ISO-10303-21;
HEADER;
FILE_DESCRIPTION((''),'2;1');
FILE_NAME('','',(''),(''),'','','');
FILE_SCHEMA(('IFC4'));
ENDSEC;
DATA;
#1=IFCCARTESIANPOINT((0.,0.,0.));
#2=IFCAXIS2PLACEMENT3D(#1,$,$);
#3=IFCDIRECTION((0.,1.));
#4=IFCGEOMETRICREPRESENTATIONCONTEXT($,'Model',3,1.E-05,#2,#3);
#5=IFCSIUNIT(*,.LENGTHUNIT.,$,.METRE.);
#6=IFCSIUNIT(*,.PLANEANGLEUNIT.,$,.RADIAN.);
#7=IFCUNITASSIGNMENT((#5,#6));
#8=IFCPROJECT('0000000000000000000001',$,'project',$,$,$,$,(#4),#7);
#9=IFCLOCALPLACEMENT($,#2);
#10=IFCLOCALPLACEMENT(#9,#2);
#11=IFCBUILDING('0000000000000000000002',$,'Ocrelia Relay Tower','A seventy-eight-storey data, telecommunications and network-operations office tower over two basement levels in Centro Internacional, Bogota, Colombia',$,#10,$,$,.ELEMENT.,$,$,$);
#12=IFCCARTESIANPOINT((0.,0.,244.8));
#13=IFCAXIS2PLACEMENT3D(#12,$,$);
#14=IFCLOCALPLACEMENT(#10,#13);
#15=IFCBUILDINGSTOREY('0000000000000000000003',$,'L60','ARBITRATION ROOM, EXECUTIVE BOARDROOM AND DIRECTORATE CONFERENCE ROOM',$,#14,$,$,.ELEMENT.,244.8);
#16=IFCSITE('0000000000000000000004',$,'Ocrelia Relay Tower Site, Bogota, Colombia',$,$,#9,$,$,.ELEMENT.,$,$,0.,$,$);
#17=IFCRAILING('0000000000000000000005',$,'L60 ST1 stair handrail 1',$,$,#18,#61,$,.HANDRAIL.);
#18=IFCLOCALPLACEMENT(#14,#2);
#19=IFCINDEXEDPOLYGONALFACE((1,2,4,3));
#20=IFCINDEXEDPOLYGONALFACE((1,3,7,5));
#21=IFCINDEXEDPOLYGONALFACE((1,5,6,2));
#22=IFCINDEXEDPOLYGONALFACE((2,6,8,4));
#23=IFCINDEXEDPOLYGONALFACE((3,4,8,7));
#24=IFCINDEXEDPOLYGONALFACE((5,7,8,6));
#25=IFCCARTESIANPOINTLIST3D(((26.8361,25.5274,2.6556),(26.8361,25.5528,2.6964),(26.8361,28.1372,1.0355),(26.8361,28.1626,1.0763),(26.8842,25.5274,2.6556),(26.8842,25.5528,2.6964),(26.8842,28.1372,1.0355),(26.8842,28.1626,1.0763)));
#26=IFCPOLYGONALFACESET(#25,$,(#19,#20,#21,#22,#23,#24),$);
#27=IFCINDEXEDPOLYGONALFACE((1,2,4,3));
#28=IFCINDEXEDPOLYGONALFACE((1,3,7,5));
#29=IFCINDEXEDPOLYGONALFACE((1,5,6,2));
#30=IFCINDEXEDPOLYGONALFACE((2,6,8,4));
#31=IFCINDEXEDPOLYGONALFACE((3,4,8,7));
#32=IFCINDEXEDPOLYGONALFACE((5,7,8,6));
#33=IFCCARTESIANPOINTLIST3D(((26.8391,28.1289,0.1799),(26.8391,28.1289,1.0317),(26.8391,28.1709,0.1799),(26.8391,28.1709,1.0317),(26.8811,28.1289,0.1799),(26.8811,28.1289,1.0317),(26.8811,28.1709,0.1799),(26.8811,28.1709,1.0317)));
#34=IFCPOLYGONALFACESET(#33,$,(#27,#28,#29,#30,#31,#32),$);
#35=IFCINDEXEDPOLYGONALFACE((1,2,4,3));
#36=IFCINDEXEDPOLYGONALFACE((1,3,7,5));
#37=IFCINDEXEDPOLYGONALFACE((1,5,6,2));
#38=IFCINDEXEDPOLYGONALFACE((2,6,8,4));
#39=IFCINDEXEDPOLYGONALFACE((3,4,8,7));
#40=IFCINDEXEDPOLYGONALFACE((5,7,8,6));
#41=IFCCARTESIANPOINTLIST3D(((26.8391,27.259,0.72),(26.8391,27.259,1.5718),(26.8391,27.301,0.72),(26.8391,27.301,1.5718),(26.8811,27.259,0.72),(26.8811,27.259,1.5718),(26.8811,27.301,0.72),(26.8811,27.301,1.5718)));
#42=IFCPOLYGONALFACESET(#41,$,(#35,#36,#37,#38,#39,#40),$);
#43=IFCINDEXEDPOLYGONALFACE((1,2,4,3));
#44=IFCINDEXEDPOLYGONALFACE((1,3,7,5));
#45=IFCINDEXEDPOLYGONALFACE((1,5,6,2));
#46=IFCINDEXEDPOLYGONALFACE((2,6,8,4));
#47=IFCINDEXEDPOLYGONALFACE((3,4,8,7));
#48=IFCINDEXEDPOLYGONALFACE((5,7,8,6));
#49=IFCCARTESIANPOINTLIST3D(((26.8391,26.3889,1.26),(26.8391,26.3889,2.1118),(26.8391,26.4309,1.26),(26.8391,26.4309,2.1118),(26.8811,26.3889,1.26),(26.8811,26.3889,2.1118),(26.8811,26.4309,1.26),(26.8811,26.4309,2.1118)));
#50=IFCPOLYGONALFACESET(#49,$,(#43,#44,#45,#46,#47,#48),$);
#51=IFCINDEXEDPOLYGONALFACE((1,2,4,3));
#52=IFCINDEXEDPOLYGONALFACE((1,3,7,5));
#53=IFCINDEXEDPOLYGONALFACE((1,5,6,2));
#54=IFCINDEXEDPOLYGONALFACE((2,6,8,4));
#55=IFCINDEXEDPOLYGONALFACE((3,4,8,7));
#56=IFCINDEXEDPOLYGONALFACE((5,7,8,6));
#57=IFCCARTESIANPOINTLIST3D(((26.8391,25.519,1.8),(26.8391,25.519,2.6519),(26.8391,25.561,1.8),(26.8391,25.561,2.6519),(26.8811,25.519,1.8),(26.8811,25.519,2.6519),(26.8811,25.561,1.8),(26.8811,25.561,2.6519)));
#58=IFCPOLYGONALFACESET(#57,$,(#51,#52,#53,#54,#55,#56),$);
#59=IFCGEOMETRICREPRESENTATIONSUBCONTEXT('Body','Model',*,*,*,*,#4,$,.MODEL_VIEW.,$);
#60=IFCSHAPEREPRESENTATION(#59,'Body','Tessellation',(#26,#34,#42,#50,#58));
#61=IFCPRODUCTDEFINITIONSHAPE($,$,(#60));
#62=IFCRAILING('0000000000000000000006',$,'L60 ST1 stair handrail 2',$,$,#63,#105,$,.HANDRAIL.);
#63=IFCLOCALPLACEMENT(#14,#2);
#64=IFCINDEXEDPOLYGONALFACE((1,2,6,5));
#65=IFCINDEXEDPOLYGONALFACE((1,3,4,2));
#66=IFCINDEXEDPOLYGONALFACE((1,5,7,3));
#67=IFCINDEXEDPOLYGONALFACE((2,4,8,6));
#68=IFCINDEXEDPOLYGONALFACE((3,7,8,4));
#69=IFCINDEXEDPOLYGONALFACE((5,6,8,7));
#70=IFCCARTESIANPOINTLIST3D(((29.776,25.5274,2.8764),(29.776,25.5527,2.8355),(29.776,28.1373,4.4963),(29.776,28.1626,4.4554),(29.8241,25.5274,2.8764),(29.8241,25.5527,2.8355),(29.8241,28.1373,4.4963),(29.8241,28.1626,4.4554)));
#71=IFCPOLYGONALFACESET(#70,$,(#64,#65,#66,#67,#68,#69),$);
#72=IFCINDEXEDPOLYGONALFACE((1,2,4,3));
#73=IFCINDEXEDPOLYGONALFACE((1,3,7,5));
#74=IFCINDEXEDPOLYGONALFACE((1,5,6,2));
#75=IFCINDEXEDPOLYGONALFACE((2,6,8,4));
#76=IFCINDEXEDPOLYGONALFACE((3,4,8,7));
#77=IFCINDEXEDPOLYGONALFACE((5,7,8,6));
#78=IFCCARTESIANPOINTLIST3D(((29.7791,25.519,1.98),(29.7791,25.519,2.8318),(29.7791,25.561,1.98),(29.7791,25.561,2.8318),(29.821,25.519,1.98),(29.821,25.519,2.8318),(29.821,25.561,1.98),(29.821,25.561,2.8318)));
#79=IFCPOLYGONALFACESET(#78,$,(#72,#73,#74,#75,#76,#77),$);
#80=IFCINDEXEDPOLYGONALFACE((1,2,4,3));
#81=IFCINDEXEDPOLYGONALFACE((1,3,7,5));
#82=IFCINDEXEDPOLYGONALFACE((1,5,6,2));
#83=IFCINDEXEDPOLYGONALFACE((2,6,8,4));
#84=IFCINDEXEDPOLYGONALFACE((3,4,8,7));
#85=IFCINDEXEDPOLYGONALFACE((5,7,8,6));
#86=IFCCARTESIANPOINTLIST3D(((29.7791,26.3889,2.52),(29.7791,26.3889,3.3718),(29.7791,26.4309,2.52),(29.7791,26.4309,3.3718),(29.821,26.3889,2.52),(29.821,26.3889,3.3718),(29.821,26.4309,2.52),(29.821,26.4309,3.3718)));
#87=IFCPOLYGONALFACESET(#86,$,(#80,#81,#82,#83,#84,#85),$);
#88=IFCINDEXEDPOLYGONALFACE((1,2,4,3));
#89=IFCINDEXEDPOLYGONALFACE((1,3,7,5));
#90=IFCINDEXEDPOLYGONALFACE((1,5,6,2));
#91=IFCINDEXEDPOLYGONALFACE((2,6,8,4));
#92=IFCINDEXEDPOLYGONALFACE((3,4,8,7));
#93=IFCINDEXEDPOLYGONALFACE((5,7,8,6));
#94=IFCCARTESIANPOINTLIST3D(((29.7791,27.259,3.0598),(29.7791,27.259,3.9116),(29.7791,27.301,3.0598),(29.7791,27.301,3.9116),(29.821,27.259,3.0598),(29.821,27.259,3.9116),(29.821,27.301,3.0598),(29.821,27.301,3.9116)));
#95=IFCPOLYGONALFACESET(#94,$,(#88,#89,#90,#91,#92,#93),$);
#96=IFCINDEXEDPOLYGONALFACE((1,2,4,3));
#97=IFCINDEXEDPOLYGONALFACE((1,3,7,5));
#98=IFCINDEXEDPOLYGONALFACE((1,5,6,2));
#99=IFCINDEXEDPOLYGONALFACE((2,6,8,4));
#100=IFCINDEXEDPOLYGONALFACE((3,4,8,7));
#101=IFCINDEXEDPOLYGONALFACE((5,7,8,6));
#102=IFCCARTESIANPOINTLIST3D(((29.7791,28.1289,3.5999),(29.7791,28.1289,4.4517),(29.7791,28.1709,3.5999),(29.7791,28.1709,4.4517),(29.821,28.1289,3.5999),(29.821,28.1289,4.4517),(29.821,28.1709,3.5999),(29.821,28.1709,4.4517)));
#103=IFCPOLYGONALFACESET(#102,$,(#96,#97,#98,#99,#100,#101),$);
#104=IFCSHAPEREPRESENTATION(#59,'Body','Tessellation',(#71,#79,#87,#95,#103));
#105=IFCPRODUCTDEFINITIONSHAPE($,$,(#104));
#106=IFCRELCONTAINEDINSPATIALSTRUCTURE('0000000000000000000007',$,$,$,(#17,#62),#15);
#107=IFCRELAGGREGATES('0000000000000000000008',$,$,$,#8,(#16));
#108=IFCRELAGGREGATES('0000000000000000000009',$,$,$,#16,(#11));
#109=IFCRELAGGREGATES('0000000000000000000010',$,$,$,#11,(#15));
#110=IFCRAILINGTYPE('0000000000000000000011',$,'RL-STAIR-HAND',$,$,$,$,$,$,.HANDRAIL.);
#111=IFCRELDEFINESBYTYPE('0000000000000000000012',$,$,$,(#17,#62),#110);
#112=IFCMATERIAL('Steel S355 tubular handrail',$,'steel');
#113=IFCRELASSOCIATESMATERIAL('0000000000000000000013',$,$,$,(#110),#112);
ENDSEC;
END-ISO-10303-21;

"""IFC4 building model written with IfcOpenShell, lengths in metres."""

from ifc_helpers import new_model, si_unit, direction, frame, origin, origin_2d, place, context, subcontext, project, spatial, rectangle, extrude, material, type_object, element, save


model = new_model("IFC4")

# Units and contexts
model_context = context("Model", 3, precision=1e-05, world=origin(), true_north=direction((0.0, 1.0)))
body_context = subcontext(model_context, "Body", "Model", "MODEL_VIEW")
ifc_project = project(units=[si_unit("LENGTHUNIT", "METRE"), si_unit("PLANEANGLEUNIT", "RADIAN")], contexts=[model_context])

# Site, building, storey
site_placement = place(None, origin())
site = spatial("IfcSite", under=ifc_project, at=site_placement, Name="Ocrelia Relay Tower Site, Bogota, Colombia", CompositionType="ELEMENT", RefElevation=0.0)
building_placement = place(site_placement, origin())
building = spatial("IfcBuilding", under=site, at=building_placement, Name="Ocrelia Relay Tower", Description="A seventy-eight-storey data, telecommunications and network-operations office tower over two basement levels in Centro Internacional, Bogota, Colombia", CompositionType="ELEMENT")
storey_placement = place(building_placement, frame((0.0, 0.0, 244.8)))
storey = spatial("IfcBuildingStorey", under=building, at=storey_placement, Name="L60", Description="ARBITRATION ROOM, EXECUTIVE BOARDROOM AND DIRECTORATE CONFERENCE ROOM", CompositionType="ELEMENT", Elevation=244.8)

# Railings
ifc_material_1 = material(Name="Steel S355 tubular handrail", Category="steel")
railing_type_1 = type_object("IfcRailingType", Name="RL-STAIR-HAND", PredefinedType="HANDRAIL", material=ifc_material_1)
railing_1_placement = place(storey_placement, frame((26.8601, 28.1499, 0.1799)))
element("IfcRailing", 1, at=railing_1_placement, inside=storey, type_object=railing_type_1, Name="L60 ST1 stair handrail 1", PredefinedType="HANDRAIL", context=body_context, shape_type="SweptSolid", body=[
    extrude(rectangle(XDim=0.0481, YDim=0.0481, at=origin_2d()), frame((0.0, 0.0, 0.876), z_axis=(0.0, -0.849611, 0.52741), x_axis=(1.0, 0.0, 0.0)), (0.0, 0.0, 1.0), 3.0718),
    extrude(rectangle(XDim=0.042, YDim=0.042, at=origin_2d()), origin(), (0.0, 0.0, 1.0), 0.8518),
    extrude(rectangle(XDim=0.042, YDim=0.042, at=origin_2d()), frame((0.0, -0.8699, 0.54)), (0.0, 0.0, 1.0), 0.8518),
    extrude(rectangle(XDim=0.042, YDim=0.042, at=origin_2d()), frame((0.0, -1.74, 1.0801)), (0.0, 0.0, 1.0), 0.8518),
    extrude(rectangle(XDim=0.042, YDim=0.042, at=origin_2d()), frame((0.0, -2.6099, 1.6201)), (0.0, 0.0, 1.0), 0.8518),
])
railing_2_placement = place(storey_placement, frame((29.8, 25.54, 1.98)))
element("IfcRailing", 2, at=railing_2_placement, inside=storey, type_object=railing_type_1, Name="L60 ST1 stair handrail 2", PredefinedType="HANDRAIL", context=body_context, shape_type="SweptSolid", body=[
    extrude(rectangle(XDim=0.0481, YDim=0.0481, at=origin_2d()), frame((0.0, 0.0, 0.876), z_axis=(0.0, 0.849646, 0.527353), x_axis=(-1.0, 0.0, 0.0)), (0.0, 0.0, 1.0), 3.0718),
    extrude(rectangle(XDim=0.042, YDim=0.042, at=origin_2d()), origin(), (0.0, 0.0, 1.0), 0.8518),
    extrude(rectangle(XDim=0.042, YDim=0.042, at=origin_2d()), frame((0.0, 0.8699, 0.54)), (0.0, 0.0, 1.0), 0.8518),
    extrude(rectangle(XDim=0.042, YDim=0.042, at=origin_2d()), frame((0.0, 1.74, 1.0798)), (0.0, 0.0, 1.0), 0.8518),
    extrude(rectangle(XDim=0.042, YDim=0.042, at=origin_2d()), frame((0.0, 2.6099, 1.6199)), (0.0, 0.0, 1.0), 0.8518),
])

save(model, "model.ifc")
